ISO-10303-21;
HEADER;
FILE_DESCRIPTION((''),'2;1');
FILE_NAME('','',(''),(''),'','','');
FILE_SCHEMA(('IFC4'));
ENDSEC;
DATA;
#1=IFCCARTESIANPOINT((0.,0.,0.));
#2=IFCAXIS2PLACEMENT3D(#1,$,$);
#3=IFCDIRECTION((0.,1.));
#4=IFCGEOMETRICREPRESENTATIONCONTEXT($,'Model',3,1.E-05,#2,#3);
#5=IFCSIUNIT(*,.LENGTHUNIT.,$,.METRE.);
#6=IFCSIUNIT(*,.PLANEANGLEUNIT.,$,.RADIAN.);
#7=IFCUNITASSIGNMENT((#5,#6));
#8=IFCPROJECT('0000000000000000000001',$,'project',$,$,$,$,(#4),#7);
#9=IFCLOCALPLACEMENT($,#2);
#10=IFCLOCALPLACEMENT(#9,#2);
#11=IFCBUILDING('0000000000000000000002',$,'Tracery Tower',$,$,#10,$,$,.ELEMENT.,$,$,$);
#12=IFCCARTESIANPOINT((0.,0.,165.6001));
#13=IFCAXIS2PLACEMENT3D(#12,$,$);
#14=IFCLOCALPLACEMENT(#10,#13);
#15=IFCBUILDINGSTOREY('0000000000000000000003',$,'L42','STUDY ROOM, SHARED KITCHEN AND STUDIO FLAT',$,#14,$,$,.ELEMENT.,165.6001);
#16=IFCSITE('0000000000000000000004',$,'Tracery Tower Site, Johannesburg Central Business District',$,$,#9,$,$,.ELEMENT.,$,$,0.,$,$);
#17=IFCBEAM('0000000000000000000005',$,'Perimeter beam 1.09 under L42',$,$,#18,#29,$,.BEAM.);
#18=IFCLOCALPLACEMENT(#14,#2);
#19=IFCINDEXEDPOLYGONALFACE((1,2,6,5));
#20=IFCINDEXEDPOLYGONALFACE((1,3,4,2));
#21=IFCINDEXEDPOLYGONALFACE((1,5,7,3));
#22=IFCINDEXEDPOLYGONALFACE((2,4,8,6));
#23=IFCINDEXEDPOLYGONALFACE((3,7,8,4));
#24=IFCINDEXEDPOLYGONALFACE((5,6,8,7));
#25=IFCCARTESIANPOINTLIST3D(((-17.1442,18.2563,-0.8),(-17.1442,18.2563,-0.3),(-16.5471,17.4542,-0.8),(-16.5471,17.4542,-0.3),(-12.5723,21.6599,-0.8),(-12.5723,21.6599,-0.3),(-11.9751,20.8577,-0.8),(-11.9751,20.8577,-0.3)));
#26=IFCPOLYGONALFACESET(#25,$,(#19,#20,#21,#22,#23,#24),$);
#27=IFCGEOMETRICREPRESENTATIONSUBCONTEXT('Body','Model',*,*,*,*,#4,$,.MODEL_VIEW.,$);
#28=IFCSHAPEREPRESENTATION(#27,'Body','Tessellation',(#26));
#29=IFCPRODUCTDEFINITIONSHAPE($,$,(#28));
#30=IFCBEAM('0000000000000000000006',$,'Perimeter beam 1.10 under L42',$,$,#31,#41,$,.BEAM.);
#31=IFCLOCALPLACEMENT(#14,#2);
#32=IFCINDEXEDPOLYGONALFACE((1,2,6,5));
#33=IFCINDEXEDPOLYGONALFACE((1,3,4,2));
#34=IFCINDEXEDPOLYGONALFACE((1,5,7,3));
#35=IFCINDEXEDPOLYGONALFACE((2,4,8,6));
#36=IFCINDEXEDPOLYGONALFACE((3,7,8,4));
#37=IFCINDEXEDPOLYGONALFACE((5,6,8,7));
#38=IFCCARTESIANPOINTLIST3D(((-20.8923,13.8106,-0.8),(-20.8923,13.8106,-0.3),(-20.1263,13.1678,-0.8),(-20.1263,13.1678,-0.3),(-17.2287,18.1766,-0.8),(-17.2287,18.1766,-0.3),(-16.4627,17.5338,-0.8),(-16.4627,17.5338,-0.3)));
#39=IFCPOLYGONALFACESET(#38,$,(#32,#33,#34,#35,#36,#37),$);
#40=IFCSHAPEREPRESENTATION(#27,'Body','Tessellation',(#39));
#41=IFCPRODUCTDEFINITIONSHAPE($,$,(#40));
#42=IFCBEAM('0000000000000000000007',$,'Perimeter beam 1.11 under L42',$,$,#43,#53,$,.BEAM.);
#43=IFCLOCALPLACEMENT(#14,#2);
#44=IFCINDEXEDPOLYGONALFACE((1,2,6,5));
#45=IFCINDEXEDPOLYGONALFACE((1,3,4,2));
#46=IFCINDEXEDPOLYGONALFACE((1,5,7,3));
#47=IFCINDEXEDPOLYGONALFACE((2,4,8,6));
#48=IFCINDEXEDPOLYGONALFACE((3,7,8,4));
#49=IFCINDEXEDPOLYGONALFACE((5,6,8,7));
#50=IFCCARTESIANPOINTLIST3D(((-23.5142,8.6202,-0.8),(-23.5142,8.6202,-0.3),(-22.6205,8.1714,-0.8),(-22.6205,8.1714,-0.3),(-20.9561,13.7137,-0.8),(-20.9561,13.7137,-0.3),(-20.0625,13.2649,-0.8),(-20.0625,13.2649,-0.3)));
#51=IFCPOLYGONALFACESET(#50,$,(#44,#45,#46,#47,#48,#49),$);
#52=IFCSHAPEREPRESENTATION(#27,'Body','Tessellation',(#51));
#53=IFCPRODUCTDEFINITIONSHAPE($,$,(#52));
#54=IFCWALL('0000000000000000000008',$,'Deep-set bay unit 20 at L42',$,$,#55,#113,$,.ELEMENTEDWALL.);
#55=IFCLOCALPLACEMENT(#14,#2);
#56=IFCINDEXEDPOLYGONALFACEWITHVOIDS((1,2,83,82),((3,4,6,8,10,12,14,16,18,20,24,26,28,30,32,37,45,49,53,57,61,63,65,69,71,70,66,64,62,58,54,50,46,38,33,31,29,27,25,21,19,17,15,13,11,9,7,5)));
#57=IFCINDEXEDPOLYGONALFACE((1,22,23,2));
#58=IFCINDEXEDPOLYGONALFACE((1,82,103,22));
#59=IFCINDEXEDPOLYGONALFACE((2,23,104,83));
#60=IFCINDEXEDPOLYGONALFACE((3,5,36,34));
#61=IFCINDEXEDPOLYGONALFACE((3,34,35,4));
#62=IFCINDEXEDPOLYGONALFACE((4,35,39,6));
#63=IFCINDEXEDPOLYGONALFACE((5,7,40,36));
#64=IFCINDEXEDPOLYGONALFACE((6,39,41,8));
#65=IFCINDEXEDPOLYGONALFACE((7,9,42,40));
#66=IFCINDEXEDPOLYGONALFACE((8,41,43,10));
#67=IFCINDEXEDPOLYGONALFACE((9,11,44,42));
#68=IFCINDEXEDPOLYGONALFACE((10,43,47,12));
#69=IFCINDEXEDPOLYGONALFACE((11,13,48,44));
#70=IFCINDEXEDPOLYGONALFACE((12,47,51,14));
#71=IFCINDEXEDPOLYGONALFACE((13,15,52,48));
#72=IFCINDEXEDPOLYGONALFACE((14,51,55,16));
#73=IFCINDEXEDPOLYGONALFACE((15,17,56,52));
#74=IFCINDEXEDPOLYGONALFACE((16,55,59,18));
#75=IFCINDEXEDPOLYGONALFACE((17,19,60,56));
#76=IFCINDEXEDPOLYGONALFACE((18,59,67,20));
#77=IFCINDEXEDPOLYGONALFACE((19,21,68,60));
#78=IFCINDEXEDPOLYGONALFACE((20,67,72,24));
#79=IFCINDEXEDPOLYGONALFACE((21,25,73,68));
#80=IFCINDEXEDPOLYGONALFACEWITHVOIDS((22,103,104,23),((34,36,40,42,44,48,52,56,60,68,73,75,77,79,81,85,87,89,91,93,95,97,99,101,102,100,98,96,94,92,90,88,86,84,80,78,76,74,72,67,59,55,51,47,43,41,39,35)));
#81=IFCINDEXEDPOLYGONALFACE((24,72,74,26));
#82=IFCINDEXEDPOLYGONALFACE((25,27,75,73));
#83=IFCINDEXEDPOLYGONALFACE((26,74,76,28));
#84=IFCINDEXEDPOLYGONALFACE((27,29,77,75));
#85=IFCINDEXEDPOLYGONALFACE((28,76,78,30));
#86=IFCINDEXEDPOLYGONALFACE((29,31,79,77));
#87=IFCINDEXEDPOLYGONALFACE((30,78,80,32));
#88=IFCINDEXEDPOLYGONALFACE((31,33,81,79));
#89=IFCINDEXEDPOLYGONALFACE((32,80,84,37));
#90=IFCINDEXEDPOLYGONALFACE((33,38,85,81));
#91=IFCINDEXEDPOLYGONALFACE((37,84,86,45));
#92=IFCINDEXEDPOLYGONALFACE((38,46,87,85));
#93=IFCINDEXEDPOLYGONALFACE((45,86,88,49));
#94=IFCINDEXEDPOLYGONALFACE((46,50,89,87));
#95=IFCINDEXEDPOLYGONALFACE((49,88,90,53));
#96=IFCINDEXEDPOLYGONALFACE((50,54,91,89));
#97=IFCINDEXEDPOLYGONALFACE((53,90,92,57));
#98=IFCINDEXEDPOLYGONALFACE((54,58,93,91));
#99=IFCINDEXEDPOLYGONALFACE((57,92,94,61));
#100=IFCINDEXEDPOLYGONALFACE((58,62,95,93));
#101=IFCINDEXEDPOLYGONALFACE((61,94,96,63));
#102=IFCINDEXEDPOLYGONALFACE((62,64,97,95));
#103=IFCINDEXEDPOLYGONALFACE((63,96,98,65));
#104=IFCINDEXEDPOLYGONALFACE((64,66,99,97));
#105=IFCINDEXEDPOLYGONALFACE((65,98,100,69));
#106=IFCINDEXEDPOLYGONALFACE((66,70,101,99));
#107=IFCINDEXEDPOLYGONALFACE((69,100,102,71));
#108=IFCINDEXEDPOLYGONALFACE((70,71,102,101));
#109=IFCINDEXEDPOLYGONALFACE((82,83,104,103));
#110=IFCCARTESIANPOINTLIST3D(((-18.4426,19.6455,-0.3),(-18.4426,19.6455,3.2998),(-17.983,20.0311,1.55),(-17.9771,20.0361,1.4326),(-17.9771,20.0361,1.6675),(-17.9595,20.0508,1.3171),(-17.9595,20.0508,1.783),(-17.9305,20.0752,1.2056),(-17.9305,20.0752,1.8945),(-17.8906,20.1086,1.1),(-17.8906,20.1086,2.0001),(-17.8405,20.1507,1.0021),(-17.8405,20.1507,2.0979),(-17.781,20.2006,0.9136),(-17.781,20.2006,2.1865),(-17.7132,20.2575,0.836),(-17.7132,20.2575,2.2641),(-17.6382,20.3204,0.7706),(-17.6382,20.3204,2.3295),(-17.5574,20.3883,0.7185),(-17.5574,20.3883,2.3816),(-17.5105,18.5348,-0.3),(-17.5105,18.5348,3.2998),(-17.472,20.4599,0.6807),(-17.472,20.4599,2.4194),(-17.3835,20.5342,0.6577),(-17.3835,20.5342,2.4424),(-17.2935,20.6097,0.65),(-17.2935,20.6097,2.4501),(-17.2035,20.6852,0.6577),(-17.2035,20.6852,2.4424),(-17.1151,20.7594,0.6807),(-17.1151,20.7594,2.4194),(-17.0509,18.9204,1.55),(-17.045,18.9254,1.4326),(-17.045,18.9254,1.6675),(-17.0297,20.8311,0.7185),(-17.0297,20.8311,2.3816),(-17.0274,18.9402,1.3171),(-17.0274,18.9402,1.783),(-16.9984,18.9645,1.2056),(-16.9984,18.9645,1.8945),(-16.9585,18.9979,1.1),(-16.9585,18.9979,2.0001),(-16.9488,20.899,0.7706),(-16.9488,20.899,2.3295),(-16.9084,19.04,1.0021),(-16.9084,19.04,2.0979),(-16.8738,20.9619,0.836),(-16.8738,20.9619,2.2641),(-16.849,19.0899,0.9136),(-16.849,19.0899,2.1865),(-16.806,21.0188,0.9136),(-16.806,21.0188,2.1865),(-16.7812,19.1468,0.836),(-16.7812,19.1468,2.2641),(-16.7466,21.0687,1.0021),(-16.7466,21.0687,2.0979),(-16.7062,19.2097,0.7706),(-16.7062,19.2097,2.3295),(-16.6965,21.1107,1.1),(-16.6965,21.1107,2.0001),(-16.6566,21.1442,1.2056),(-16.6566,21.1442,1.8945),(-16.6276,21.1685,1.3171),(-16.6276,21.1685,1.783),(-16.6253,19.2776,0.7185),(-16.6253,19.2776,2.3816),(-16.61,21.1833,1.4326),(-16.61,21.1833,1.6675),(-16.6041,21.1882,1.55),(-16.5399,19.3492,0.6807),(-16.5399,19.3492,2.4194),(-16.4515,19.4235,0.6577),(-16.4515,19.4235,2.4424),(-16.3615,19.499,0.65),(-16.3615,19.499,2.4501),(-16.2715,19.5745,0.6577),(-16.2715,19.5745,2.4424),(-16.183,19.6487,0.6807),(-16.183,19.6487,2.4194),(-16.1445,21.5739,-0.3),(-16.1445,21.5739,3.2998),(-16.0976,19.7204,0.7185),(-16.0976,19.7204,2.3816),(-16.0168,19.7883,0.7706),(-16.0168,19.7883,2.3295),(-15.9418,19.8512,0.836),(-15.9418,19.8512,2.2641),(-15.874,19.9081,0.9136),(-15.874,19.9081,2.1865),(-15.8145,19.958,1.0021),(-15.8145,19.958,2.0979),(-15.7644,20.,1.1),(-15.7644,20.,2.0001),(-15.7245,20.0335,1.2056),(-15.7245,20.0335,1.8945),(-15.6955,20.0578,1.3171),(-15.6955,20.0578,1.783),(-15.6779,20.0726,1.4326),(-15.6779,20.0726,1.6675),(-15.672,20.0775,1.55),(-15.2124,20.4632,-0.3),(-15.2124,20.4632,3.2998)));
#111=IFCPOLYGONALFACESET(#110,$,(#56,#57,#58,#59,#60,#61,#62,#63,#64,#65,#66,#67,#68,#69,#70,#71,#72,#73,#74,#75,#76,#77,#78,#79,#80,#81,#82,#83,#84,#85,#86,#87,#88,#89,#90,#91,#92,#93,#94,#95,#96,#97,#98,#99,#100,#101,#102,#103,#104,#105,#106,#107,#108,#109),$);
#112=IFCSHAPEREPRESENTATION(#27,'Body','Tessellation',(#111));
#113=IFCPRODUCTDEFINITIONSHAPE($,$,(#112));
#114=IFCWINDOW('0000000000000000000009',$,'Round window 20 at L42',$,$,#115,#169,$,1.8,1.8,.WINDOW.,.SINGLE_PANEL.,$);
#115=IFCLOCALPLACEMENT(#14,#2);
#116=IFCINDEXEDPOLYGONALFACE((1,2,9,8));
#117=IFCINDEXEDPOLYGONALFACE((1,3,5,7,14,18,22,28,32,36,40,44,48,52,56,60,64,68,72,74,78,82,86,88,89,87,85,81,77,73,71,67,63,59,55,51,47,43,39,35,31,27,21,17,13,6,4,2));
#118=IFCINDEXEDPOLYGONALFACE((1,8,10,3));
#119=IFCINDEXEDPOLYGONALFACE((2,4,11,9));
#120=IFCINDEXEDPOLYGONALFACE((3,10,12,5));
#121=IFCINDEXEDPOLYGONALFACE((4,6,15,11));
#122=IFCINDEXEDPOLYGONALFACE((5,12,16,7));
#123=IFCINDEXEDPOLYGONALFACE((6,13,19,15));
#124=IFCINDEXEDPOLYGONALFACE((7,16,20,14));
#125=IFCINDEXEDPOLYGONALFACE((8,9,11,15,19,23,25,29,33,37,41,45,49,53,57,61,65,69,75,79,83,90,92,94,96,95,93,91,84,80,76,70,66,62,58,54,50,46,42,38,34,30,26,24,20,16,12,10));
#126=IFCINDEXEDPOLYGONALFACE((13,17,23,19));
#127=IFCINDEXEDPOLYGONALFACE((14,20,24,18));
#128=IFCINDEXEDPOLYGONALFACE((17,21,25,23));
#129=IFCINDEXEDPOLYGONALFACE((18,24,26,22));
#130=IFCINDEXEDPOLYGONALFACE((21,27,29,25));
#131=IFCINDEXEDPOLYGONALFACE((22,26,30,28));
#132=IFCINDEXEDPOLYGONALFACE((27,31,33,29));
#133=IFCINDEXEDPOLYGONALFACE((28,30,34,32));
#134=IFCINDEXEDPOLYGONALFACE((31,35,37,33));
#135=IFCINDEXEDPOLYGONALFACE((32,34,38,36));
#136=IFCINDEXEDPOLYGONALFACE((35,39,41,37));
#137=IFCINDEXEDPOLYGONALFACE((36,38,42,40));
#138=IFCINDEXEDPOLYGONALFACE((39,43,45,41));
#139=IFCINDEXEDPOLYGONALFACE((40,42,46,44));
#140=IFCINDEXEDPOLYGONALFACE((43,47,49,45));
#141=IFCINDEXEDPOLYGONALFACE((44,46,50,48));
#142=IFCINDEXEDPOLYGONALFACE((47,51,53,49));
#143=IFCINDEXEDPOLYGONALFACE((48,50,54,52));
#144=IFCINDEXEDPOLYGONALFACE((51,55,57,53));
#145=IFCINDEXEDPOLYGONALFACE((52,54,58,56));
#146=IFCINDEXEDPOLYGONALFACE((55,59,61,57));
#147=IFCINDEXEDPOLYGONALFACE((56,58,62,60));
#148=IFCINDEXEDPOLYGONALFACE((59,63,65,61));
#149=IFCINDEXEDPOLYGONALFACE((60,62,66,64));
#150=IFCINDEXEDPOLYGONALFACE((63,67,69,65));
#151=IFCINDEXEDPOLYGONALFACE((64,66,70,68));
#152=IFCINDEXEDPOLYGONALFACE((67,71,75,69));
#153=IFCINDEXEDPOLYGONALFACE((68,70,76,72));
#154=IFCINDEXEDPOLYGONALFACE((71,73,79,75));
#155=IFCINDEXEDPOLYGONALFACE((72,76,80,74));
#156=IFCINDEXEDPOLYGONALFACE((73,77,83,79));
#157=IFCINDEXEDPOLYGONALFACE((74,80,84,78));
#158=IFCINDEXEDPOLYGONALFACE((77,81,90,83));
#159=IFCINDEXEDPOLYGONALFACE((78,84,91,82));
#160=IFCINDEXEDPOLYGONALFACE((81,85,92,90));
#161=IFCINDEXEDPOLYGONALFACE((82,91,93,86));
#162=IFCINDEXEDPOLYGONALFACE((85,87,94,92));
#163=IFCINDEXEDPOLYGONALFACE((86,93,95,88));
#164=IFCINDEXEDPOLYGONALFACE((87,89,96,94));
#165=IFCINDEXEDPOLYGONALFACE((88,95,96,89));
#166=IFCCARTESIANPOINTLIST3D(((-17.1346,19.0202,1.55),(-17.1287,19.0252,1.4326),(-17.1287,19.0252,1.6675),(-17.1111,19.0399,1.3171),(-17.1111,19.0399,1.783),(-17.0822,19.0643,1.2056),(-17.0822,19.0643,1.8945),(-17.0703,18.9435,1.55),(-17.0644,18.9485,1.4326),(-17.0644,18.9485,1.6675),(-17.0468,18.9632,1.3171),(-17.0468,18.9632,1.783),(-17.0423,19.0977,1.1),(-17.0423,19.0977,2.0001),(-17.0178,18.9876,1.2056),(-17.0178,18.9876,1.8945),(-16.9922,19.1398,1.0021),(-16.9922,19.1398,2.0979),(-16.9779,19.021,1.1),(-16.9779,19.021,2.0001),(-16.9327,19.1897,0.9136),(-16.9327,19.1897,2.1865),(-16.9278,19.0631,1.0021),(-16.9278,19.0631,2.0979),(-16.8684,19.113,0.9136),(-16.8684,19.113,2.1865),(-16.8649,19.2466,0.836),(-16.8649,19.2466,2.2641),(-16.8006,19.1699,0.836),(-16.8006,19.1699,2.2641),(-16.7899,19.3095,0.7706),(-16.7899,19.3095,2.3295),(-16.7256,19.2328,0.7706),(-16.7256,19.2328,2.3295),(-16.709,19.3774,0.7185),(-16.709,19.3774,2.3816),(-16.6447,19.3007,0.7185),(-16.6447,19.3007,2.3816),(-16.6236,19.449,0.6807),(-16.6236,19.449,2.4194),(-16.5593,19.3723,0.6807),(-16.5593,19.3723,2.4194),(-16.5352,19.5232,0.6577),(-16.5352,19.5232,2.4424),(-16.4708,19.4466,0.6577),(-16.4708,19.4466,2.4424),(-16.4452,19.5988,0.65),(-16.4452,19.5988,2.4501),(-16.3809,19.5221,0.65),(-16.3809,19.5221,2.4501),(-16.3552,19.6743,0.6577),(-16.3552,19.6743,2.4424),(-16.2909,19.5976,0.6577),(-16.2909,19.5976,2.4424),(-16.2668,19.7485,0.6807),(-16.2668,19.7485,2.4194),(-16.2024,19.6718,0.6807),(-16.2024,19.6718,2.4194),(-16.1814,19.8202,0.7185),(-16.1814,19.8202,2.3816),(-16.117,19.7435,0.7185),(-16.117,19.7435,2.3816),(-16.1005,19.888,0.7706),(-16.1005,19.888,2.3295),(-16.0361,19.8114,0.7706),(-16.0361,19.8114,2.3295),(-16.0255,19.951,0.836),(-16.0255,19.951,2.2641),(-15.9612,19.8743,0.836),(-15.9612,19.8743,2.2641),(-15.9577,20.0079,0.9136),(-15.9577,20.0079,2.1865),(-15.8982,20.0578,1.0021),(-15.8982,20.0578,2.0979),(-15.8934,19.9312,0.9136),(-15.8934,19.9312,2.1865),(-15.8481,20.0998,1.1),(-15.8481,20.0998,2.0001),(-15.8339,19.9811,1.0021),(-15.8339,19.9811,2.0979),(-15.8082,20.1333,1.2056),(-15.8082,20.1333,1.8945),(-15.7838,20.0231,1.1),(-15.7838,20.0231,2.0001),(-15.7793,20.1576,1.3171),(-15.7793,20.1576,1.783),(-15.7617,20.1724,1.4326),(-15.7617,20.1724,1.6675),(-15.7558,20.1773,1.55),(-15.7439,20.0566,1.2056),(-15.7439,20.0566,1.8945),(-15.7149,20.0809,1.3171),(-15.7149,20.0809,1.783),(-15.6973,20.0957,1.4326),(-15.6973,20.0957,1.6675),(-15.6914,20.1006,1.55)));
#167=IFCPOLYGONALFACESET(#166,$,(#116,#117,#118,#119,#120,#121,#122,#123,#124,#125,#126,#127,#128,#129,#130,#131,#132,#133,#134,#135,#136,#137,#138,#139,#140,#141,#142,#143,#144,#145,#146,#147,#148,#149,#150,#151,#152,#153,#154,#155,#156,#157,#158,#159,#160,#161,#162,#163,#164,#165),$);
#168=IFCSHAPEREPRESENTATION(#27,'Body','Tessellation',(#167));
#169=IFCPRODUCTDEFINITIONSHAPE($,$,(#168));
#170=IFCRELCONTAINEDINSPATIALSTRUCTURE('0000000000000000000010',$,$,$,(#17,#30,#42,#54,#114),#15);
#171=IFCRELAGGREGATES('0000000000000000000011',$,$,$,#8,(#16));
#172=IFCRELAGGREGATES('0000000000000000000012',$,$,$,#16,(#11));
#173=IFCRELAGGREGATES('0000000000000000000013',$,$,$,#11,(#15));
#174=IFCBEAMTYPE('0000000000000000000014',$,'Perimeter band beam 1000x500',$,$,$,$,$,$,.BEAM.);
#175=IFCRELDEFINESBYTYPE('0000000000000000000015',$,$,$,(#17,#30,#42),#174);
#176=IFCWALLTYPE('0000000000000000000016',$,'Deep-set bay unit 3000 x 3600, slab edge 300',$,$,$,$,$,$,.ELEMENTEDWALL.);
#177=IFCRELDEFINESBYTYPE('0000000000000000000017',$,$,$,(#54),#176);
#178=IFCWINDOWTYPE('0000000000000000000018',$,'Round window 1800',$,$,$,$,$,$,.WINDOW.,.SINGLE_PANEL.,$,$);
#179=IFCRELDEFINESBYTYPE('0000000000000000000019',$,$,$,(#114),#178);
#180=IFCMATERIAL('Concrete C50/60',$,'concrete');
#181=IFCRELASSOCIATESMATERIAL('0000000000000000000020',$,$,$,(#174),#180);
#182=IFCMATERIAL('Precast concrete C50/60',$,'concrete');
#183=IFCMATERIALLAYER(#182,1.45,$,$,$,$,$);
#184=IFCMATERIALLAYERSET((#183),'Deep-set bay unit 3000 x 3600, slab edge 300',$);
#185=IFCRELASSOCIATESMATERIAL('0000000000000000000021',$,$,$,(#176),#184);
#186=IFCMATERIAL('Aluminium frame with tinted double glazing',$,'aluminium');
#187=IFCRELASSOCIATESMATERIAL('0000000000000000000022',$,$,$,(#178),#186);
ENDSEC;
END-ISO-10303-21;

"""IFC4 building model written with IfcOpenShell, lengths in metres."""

from ifc_helpers import new_model, si_unit, direction, frame, frame_2d, origin, origin_2d, place, context, subcontext, project, spatial, rectangle, circle, extrude, material, layer, layer_set, material_profile, profile_set, type_object, element, fill, save


model = new_model("IFC4")

# Units and contexts
model_context = context("Model", 3, precision=1e-05, world=origin(), true_north=direction((0.0, 1.0)))
body_context = subcontext(model_context, "Body", "Model", "MODEL_VIEW")
ifc_project = project(units=[si_unit("LENGTHUNIT", "METRE"), si_unit("PLANEANGLEUNIT", "RADIAN")], contexts=[model_context])

# Site, building, storey
site_placement = place(None, origin())
site = spatial("IfcSite", under=ifc_project, at=site_placement, Name="Tracery Tower Site, Johannesburg Central Business District", CompositionType="ELEMENT", RefElevation=0.0)
building_placement = place(site_placement, origin())
building = spatial("IfcBuilding", under=site, at=building_placement, Name="Tracery Tower", CompositionType="ELEMENT")
storey_placement = place(building_placement, frame((0.0, 0.0, 165.6001)))
storey = spatial("IfcBuildingStorey", under=building, at=storey_placement, Name="L42", Description="STUDY ROOM, SHARED KITCHEN AND STUDIO FLAT", CompositionType="ELEMENT", Elevation=165.6001)

# Beams
ifc_material_1 = material(Name="Concrete C50/60", Category="concrete")
ifc_material_profile_1 = material_profile(ifc_material_1, rectangle(XDim=1.0, YDim=0.5, at=origin_2d()), Name="RC 1000x500")
ifc_profile_set_1 = profile_set([ifc_material_profile_1], Name="Concrete C50/60")
beam_type = type_object("IfcBeamType", Name="Perimeter band beam 1000x500", PredefinedType="BEAM", material=ifc_profile_set_1)
beam_1_placement = place(storey_placement, frame((-12.2737, 21.2588, -0.55), z_axis=(-0.802138, -0.597138, 0.0), x_axis=(0.597138, -0.802138, 0.0)))
element("IfcBeam", 1, at=beam_1_placement, inside=storey, type_object=beam_type, Name="Perimeter beam 1.09 under L42", PredefinedType="BEAM", context=body_context, shape_type="SweptSolid", body=[
    extrude(rectangle(XDim=1.0, YDim=0.5, at=origin_2d()), origin(), (0.0, 0.0, 1.0), 5.6997),
])
beam_2_placement = place(storey_placement, frame((-16.8457, 17.8552, -0.55), z_axis=(-0.642797, -0.766036, 0.0), x_axis=(0.766036, -0.642797, 0.0)))
element("IfcBeam", 2, at=beam_2_placement, inside=storey, type_object=beam_type, Name="Perimeter beam 1.10 under L42", PredefinedType="BEAM", context=body_context, shape_type="SweptSolid", body=[
    extrude(rectangle(XDim=1.0, YDim=0.5, at=origin_2d()), origin(), (0.0, 0.0, 1.0), 5.6995),
])
beam_3_placement = place(storey_placement, frame((-20.5093, 13.4893, -0.55), z_axis=(-0.448806, -0.893629, 0.0), x_axis=(0.893629, -0.448806, 0.0)))
element("IfcBeam", 3, at=beam_3_placement, inside=storey, type_object=beam_type, Name="Perimeter beam 1.11 under L42", PredefinedType="BEAM", context=body_context, shape_type="SweptSolid", body=[
    extrude(rectangle(XDim=1.0, YDim=0.5, at=origin_2d()), origin(), (0.0, 0.0, 1.0), 5.6997),
])

# Wall, opening, window
ifc_material_2 = material(Name="Precast concrete C50/60", Category="concrete")
ifc_layer_1 = layer(ifc_material_2, 1.45)
ifc_layer_set_1 = layer_set([ifc_layer_1], Name="Deep-set bay unit 3000 x 3600, slab edge 300")
wall_type_1 = type_object("IfcWallType", Name="Deep-set bay unit 3000 x 3600, slab edge 300", PredefinedType="ELEMENTEDWALL", material=ifc_layer_set_1)
wall_1_placement = place(storey_placement, frame((-15.6785, 21.0186, -0.3), z_axis=(0.0, 0.0, 1.0), x_axis=(-0.766022, -0.642814, 0.0)))
wall_1 = element("IfcWall", 4, at=wall_1_placement, inside=storey, type_object=wall_type_1, Name="Deep-set bay unit 20 at L42", PredefinedType="ELEMENTEDWALL", context=body_context, shape_type="SweptSolid", body=[
    extrude(rectangle(XDim=3.0, YDim=1.45, at=frame_2d((1.5, 0.0))), origin(), (0.0, 0.0, 1.0), 3.5999),
])
opening_1_placement = place(wall_1_placement, frame((1.5, 0.0, 1.8501)))
opening_1 = element("IfcOpeningElement", 5, at=opening_1_placement, cuts=wall_1, PredefinedType="OPENING", context=body_context, shape_type="SweptSolid", body=[
    extrude(circle(Radius=0.9, at=origin_2d()), frame((0.0, 0.7349, 0.0), z_axis=(0.0, -1.0, 0.0), x_axis=(1.0, 0.0, 0.0)), (0.0, 0.0, 1.0), 1.47),
])
ifc_material_3 = material(Name="Aluminium frame with tinted double glazing", Category="aluminium")
window_type = type_object("IfcWindowType", Name="Round window 1800", PartitioningType="SINGLE_PANEL", PredefinedType="WINDOW", material=ifc_material_3)
window_1_placement = place(opening_1_placement, origin())
window_1 = element("IfcWindow", 6, at=window_1_placement, inside=storey, type_object=window_type, Name="Round window 20 at L42", OverallHeight=1.8, OverallWidth=1.8, PartitioningType="SINGLE_PANEL", PredefinedType="WINDOW", context=body_context, shape_type="SweptSolid", body=[
    extrude(circle(Radius=0.9, at=origin_2d()), frame((0.0, 0.6948, 0.0), z_axis=(0.0, -1.0, 0.0), x_axis=(1.0, 0.0, 0.0)), (0.0, 0.0, 1.0), 0.1001),
])
fill(opening_1, window_1)

save(model, "model.ifc")
